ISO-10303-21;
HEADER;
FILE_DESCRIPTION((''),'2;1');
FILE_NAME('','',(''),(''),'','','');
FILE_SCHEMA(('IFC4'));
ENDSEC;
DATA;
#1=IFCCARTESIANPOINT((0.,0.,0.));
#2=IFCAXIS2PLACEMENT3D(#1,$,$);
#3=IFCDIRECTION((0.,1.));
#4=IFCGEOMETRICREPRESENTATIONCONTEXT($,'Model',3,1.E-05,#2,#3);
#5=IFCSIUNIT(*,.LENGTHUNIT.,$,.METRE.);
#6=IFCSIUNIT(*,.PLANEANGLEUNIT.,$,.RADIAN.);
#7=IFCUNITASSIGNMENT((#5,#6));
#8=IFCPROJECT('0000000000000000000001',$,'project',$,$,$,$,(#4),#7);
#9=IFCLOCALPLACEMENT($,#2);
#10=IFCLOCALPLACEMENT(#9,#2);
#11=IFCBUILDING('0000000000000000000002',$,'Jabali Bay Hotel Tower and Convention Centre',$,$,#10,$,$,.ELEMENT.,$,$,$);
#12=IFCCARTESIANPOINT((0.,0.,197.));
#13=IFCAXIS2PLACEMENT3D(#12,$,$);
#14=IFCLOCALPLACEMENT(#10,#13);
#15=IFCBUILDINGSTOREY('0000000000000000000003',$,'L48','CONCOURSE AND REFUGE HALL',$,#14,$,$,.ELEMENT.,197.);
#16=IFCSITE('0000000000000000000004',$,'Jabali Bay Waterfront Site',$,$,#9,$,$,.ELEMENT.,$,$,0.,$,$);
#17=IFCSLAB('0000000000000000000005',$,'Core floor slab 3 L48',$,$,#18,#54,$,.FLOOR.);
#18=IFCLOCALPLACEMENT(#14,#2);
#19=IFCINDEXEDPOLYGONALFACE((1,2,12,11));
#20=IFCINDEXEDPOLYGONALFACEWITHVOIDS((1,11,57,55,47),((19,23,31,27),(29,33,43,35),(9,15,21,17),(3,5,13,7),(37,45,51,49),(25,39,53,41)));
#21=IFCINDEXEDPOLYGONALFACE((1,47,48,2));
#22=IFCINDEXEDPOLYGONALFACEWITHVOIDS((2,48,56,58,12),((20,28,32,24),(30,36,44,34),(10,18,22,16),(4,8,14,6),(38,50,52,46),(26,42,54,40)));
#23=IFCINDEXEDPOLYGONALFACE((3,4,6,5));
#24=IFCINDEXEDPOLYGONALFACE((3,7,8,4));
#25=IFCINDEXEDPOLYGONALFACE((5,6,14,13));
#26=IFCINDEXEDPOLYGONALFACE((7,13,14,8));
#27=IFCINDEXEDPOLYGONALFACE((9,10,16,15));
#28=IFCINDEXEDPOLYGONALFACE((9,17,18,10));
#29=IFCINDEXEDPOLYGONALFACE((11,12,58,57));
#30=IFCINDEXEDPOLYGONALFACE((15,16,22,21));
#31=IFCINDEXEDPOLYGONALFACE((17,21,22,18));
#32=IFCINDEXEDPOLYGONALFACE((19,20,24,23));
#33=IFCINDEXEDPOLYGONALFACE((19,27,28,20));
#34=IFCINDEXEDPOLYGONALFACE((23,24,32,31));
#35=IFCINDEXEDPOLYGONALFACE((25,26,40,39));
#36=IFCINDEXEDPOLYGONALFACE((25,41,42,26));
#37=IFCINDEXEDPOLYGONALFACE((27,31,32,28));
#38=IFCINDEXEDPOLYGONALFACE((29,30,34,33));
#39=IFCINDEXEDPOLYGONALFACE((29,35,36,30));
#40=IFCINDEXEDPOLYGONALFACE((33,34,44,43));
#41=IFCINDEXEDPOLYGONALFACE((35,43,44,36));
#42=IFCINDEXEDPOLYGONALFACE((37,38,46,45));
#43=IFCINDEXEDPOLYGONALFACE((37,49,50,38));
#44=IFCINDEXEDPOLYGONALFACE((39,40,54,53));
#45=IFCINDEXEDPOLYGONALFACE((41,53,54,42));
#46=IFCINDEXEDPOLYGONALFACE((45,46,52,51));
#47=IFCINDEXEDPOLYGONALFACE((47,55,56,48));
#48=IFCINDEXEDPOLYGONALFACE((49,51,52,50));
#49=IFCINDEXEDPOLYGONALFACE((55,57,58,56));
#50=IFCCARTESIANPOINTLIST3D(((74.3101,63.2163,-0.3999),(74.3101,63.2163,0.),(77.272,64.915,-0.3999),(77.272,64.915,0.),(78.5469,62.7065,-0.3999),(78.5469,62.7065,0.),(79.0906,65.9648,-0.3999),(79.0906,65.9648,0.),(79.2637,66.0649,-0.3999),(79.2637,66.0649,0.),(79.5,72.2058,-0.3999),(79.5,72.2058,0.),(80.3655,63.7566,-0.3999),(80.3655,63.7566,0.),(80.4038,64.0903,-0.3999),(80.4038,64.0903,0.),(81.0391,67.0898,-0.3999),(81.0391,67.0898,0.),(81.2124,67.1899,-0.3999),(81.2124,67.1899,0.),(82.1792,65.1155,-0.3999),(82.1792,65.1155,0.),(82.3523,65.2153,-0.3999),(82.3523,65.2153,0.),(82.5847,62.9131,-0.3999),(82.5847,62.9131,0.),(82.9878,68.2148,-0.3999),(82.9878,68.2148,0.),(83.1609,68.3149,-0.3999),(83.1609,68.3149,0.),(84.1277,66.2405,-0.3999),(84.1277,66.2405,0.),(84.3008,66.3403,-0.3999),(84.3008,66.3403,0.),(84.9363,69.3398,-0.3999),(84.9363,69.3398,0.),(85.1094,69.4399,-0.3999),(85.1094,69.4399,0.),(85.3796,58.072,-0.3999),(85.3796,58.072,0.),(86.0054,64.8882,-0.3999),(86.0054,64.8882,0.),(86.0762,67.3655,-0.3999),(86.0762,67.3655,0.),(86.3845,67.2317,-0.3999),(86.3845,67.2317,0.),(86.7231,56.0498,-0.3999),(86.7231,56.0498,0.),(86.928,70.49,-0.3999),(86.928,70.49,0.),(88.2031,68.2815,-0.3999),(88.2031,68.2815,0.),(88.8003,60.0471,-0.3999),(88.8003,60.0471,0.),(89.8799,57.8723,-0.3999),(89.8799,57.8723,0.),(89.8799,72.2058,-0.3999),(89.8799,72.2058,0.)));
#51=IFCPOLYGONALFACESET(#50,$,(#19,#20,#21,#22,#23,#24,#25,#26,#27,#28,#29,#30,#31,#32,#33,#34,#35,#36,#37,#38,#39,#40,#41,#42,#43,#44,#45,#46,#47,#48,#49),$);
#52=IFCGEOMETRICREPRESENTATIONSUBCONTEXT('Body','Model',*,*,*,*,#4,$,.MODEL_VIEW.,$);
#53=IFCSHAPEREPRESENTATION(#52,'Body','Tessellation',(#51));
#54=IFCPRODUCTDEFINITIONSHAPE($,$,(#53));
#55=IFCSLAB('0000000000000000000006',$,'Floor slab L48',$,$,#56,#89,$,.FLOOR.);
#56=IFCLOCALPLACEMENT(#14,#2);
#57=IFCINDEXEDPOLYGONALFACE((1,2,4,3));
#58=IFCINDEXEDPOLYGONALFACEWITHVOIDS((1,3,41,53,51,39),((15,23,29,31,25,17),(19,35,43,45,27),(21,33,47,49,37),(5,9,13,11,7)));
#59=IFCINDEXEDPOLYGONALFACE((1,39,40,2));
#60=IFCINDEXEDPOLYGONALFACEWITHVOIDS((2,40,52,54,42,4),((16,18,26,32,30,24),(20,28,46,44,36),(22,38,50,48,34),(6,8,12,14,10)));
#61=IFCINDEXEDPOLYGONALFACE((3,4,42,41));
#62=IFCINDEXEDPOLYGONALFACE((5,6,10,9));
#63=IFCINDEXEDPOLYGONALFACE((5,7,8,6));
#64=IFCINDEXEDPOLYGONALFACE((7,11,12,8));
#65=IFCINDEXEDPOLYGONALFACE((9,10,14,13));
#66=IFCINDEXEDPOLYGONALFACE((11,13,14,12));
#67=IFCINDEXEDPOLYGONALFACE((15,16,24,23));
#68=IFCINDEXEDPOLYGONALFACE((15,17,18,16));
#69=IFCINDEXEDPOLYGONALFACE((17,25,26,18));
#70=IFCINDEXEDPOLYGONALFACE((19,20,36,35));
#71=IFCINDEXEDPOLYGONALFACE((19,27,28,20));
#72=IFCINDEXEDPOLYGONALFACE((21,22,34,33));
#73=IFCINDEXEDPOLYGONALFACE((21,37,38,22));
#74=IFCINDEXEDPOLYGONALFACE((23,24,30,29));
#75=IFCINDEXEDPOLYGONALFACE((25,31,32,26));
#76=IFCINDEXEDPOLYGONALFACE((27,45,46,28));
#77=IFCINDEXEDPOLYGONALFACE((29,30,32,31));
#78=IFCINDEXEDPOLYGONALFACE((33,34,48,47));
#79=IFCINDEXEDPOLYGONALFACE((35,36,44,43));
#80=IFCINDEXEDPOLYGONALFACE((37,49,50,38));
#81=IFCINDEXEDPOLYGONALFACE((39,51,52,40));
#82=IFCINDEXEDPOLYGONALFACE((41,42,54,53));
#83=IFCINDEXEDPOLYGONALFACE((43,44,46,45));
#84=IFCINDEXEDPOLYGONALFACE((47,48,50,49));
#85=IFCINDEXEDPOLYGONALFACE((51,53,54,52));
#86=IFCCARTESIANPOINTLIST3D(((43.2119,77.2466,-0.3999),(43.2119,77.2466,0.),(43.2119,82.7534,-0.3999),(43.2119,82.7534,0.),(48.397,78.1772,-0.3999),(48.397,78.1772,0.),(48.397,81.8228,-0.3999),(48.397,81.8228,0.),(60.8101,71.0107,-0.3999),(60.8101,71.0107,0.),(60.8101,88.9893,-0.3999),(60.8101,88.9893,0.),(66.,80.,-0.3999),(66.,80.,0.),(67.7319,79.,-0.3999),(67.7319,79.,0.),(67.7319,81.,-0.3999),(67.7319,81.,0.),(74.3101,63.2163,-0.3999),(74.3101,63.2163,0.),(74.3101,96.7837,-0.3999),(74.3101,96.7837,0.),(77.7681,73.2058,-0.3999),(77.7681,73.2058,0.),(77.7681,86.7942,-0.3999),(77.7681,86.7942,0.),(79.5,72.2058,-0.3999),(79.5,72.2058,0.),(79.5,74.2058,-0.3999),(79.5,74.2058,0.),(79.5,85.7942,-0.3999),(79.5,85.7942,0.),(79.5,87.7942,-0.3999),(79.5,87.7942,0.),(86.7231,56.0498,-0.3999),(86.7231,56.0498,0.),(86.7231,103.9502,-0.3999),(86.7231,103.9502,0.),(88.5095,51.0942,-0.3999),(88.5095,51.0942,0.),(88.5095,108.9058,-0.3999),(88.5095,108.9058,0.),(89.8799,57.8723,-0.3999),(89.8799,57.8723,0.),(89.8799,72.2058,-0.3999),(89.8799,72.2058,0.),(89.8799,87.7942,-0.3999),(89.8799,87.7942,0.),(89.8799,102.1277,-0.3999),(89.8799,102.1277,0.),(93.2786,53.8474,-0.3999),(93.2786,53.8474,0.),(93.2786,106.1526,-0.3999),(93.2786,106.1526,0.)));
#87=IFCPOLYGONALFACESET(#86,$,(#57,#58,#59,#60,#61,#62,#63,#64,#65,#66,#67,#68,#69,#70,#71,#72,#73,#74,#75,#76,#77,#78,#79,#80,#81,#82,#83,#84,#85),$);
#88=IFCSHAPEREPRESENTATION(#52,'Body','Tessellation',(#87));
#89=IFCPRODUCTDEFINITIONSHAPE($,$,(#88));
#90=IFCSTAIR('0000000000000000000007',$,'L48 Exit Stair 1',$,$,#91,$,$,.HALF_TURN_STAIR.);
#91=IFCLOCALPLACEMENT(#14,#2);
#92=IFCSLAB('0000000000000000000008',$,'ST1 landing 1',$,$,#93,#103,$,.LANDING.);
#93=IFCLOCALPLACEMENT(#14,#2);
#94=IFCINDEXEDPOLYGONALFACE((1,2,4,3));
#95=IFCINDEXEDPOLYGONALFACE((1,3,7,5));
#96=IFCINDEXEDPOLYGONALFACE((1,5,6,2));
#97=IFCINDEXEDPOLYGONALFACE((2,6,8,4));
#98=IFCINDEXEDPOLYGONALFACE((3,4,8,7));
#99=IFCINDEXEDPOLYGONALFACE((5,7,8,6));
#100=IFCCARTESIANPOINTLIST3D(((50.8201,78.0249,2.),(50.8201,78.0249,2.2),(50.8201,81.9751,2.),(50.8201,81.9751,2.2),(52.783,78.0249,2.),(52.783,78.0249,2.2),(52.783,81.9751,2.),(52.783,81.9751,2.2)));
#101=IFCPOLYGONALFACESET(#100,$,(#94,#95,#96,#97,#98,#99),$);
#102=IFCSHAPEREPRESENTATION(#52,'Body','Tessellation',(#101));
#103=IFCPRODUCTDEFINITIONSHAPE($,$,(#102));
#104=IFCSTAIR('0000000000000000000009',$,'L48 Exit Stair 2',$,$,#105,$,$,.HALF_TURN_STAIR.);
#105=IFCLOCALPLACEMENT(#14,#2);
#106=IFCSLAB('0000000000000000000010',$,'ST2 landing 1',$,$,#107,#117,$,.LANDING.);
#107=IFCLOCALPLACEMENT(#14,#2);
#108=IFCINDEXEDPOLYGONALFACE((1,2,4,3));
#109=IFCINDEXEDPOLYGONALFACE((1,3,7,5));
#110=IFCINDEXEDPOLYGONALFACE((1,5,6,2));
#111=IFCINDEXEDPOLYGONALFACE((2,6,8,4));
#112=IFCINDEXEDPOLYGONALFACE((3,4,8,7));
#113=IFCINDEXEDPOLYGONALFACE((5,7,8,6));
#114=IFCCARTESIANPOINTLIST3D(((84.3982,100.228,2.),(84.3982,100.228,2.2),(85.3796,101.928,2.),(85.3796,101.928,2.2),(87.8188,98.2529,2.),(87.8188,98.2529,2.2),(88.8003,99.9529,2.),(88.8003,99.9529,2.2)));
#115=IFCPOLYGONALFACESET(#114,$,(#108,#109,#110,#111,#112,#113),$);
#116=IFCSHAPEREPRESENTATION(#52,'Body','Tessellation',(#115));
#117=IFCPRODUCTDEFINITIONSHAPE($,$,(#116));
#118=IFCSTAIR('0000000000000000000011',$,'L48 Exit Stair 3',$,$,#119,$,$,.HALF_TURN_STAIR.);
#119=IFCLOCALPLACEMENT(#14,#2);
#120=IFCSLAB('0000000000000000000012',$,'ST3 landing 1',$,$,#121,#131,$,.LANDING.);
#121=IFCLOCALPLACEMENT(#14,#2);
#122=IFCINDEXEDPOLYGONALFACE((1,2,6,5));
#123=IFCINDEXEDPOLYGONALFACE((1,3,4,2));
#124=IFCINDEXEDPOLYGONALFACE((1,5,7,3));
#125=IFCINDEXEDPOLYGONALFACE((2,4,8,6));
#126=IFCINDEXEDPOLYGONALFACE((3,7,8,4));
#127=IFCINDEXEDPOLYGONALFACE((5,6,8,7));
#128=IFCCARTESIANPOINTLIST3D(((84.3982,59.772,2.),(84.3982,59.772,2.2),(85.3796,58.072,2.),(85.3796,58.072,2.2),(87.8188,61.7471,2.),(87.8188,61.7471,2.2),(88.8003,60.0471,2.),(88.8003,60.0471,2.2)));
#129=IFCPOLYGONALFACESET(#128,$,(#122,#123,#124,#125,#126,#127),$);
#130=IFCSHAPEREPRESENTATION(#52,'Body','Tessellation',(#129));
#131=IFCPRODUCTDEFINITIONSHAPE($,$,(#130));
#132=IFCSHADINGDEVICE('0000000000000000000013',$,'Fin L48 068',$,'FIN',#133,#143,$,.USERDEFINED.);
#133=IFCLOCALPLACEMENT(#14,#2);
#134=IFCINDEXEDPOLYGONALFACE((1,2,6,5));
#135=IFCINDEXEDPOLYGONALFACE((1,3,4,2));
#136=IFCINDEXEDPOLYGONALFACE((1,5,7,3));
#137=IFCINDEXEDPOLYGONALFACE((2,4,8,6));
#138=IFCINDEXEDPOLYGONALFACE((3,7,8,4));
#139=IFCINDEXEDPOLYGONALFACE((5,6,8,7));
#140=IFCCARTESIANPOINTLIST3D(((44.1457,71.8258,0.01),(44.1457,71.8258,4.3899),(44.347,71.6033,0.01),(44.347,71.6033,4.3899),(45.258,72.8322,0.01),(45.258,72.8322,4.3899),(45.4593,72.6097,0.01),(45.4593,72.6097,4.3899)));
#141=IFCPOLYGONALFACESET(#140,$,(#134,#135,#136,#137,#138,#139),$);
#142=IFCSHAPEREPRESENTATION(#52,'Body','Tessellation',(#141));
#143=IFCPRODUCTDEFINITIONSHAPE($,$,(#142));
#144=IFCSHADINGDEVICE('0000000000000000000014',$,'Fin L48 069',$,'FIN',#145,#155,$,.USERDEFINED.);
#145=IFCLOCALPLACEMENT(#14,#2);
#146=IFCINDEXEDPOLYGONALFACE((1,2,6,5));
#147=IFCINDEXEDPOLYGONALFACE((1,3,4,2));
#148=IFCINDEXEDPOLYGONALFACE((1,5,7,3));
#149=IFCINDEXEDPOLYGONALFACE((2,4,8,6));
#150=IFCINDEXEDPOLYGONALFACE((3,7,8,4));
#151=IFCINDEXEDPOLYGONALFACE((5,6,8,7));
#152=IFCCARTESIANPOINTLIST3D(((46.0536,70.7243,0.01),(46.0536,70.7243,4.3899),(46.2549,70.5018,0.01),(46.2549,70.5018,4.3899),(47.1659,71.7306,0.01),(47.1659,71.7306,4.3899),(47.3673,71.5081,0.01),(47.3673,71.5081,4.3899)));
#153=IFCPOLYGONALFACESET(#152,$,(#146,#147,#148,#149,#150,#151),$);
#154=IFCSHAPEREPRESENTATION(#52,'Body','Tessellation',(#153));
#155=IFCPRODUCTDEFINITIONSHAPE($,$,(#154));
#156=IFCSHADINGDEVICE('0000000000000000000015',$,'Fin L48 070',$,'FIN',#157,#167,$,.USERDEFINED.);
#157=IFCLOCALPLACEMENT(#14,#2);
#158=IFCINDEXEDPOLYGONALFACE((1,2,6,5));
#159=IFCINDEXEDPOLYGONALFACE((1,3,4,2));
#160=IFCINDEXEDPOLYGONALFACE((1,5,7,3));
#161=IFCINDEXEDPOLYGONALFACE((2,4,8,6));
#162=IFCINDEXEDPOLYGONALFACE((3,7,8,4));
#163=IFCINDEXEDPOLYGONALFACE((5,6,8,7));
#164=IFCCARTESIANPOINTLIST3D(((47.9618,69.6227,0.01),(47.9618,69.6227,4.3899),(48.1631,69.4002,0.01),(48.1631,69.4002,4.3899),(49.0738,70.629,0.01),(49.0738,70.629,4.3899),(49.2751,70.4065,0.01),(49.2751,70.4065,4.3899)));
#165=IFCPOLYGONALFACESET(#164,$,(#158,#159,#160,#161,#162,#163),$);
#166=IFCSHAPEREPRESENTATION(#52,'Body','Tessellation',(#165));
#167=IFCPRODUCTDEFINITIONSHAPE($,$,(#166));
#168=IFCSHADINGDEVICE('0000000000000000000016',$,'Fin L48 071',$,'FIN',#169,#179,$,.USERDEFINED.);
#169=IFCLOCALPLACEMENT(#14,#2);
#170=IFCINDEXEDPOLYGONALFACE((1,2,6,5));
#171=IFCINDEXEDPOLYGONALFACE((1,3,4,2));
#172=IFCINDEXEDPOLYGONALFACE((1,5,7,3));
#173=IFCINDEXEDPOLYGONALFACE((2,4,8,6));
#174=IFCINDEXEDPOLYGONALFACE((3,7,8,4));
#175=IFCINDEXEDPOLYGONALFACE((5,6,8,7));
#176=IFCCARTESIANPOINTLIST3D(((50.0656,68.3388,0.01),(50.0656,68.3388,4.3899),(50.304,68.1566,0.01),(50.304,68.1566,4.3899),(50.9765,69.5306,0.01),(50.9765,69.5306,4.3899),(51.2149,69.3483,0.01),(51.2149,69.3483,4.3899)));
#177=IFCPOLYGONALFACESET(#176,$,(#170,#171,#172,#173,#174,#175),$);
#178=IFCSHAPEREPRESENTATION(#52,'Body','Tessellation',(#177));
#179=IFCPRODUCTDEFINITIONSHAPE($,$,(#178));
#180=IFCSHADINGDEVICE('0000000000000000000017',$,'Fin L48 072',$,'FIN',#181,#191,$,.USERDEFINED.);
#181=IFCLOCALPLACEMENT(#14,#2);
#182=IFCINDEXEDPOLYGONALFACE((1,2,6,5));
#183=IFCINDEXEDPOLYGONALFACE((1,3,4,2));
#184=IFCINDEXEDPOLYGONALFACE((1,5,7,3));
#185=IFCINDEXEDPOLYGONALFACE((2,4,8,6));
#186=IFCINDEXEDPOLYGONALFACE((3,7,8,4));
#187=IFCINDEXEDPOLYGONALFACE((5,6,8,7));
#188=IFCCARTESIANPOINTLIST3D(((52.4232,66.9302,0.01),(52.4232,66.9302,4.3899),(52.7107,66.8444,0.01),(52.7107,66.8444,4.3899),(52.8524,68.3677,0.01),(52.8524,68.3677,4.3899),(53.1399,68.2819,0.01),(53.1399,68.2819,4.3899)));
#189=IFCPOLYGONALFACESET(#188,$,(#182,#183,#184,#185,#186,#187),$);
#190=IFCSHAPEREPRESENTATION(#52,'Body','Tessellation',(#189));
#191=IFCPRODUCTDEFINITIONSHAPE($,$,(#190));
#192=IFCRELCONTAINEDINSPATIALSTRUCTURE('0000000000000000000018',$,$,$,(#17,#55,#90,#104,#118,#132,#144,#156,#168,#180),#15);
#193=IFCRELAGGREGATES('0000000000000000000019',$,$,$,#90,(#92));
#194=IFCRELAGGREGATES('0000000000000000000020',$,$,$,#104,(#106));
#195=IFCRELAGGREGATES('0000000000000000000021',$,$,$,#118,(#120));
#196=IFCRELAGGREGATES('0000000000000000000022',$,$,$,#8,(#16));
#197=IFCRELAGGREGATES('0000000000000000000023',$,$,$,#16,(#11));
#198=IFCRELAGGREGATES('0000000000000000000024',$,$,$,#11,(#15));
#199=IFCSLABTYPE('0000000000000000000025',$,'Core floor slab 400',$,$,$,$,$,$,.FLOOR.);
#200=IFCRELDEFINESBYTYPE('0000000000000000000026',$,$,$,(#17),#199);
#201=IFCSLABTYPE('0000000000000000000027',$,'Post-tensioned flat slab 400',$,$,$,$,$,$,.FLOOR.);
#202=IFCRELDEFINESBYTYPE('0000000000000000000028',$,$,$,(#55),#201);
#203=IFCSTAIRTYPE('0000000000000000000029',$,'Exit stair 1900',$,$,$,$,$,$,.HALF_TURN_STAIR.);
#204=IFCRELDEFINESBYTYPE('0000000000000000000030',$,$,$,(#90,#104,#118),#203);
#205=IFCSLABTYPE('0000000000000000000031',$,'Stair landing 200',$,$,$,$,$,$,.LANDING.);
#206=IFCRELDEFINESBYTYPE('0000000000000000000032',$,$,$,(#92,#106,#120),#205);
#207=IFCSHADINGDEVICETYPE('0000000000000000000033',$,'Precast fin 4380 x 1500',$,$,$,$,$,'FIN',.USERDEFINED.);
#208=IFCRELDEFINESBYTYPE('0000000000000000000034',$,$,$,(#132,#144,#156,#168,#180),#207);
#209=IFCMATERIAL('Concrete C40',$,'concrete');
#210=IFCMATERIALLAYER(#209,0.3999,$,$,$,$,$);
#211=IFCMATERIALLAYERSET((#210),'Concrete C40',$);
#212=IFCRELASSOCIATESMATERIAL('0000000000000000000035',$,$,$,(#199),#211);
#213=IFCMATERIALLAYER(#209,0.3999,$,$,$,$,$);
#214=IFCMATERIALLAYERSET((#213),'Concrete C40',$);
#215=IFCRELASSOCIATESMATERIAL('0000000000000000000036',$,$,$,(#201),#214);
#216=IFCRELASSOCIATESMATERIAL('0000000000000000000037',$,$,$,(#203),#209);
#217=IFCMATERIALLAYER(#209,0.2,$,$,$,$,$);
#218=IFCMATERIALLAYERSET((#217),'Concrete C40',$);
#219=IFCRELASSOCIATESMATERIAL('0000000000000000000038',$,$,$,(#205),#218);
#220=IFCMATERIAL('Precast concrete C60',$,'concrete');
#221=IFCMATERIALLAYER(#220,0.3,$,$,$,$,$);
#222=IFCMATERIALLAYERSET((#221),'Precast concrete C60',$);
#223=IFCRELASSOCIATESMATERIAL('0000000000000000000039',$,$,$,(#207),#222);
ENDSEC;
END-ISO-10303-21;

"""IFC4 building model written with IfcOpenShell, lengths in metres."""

from ifc_helpers import new_model, si_unit, direction, frame, frame_2d, origin, place, context, subcontext, project, spatial, polyline, rectangle, outline, extrude, material, layer, layer_set, type_object, element, aggregate, save


model = new_model("IFC4")

# Units and contexts
model_context = context("Model", 3, precision=1e-05, world=origin(), true_north=direction((0.0, 1.0)))
body_context = subcontext(model_context, "Body", "Model", "MODEL_VIEW")
ifc_project = project(units=[si_unit("LENGTHUNIT", "METRE"), si_unit("PLANEANGLEUNIT", "RADIAN")], contexts=[model_context])

# Site, building, storey
site_placement = place(None, origin())
site = spatial("IfcSite", under=ifc_project, at=site_placement, Name="Jabali Bay Waterfront Site", CompositionType="ELEMENT", RefElevation=0.0)
building_placement = place(site_placement, origin())
building = spatial("IfcBuilding", under=site, at=building_placement, Name="Jabali Bay Hotel Tower and Convention Centre", CompositionType="ELEMENT")
storey_placement = place(building_placement, frame((0.0, 0.0, 197.0)))
storey = spatial("IfcBuildingStorey", under=building, at=storey_placement, Name="L48", Description="CONCOURSE AND REFUGE HALL", CompositionType="ELEMENT", Elevation=197.0)

# Slabs
ifc_material_1 = material(Name="Concrete C40", Category="concrete")
ifc_layer_1 = layer(ifc_material_1, 0.3999)
ifc_layer_set_1 = layer_set([ifc_layer_1], Name="Concrete C40")
slab_type_1 = type_object("IfcSlabType", Name="Core floor slab 400", PredefinedType="FLOOR", material=ifc_layer_set_1)
slab_1_placement = place(storey_placement, frame((0.0, 0.0, -0.3999)))
element("IfcSlab", 1, at=slab_1_placement, inside=storey, type_object=slab_type_1, Name="Core floor slab 3 L48", PredefinedType="FLOOR", context=body_context, shape_type="SweptSolid", body=[
    extrude(outline(polyline([(79.5, 72.2058), (74.3101, 63.2163), (86.7231, 56.0498), (89.8799, 57.8723), (89.8799, 72.2058), (79.5, 72.2058)]), holes=[polyline([(82.5847, 62.9131), (85.3796, 58.072), (88.8003, 60.0471), (86.0054, 64.8882), (82.5847, 62.9131)]), polyline([(80.3655, 63.7566), (79.0906, 65.9648), (77.272, 64.915), (78.5469, 62.7065), (80.3655, 63.7566)]), polyline([(82.1792, 65.1155), (81.0391, 67.0898), (79.2637, 66.0649), (80.4038, 64.0903), (82.1792, 65.1155)]), polyline([(82.9878, 68.2148), (81.2124, 67.1899), (82.3523, 65.2153), (84.1277, 66.2405), (82.9878, 68.2148)]), polyline([(86.0762, 67.3655), (84.9363, 69.3398), (83.1609, 68.3149), (84.3008, 66.3403), (86.0762, 67.3655)]), polyline([(88.2031, 68.2815), (86.928, 70.49), (85.1094, 69.4399), (86.3845, 67.2317), (88.2031, 68.2815)])]), origin(), (0.0, 0.0, 1.0), 0.3999),
])
ifc_layer_2 = layer(ifc_material_1, 0.3999)
ifc_layer_set_2 = layer_set([ifc_layer_2], Name="Concrete C40")
slab_type_2 = type_object("IfcSlabType", Name="Post-tensioned flat slab 400", PredefinedType="FLOOR", material=ifc_layer_set_2)
slab_2_placement = place(storey_placement, frame((0.0, 0.0, -0.3999)))
element("IfcSlab", 2, at=slab_2_placement, inside=storey, type_object=slab_type_2, Name="Floor slab L48", PredefinedType="FLOOR", context=body_context, shape_type="SweptSolid", body=[
    extrude(outline(polyline([(88.5095, 108.9058), (93.2786, 106.1526), (93.2786, 53.8474), (88.5095, 51.0942), (43.2119, 77.2466), (43.2119, 82.7534), (88.5095, 108.9058)]), holes=[polyline([(67.7319, 79.0), (77.7681, 73.2058), (79.5, 74.2058), (79.5, 85.7942), (77.7681, 86.7942), (67.7319, 81.0), (67.7319, 79.0)]), polyline([(48.397, 78.1772), (60.8101, 71.0107), (66.0, 80.0), (60.8101, 88.9893), (48.397, 81.8228), (48.397, 78.1772)]), polyline([(89.8799, 102.1277), (86.7231, 103.9502), (74.3101, 96.7837), (79.5, 87.7942), (89.8799, 87.7942), (89.8799, 102.1277)]), polyline([(74.3101, 63.2163), (86.7231, 56.0498), (89.8799, 57.8723), (89.8799, 72.2058), (79.5, 72.2058), (74.3101, 63.2163)])]), origin(), (0.0, 0.0, 1.0), 0.3999),
])

# Stairs, slabs
stair_type = type_object("IfcStairType", Name="Exit stair 1900", PredefinedType="HALF_TURN_STAIR", material=ifc_material_1)
stair_1_placement = place(storey_placement, origin())
stair_1 = element("IfcStair", 3, at=stair_1_placement, inside=storey, type_object=stair_type, Name="L48 Exit Stair 1", PredefinedType="HALF_TURN_STAIR")
ifc_layer_3 = layer(ifc_material_1, 0.2)
ifc_layer_set_3 = layer_set([ifc_layer_3], Name="Concrete C40")
slab_type_3 = type_object("IfcSlabType", Name="Stair landing 200", PredefinedType="LANDING", material=ifc_layer_set_3)
slab_3_placement = place(storey_placement, frame((0.0, 0.0, 2.0)))
slab_3 = element("IfcSlab", 4, at=slab_3_placement, type_object=slab_type_3, Name="ST1 landing 1", PredefinedType="LANDING", context=body_context, shape_type="SweptSolid", body=[
    extrude(outline(polyline([(52.783, 81.9751), (50.8201, 81.9751), (50.8201, 78.0249), (52.783, 78.0249), (52.783, 81.9751)])), origin(), (0.0, 0.0, 1.0), 0.2),
])
aggregate(stair_1, [slab_3])
stair_2_placement = place(storey_placement, origin())
stair_2 = element("IfcStair", 5, at=stair_2_placement, inside=storey, type_object=stair_type, Name="L48 Exit Stair 2", PredefinedType="HALF_TURN_STAIR")
slab_4_placement = place(storey_placement, frame((0.0, 0.0, 2.0)))
slab_4 = element("IfcSlab", 6, at=slab_4_placement, type_object=slab_type_3, Name="ST2 landing 1", PredefinedType="LANDING", context=body_context, shape_type="SweptSolid", body=[
    extrude(outline(polyline([(87.8188, 98.2529), (88.8003, 99.9529), (85.3796, 101.928), (84.3982, 100.228), (87.8188, 98.2529)])), origin(), (0.0, 0.0, 1.0), 0.2),
])
aggregate(stair_2, [slab_4])
stair_3_placement = place(storey_placement, origin())
stair_3 = element("IfcStair", 7, at=stair_3_placement, inside=storey, type_object=stair_type, Name="L48 Exit Stair 3", PredefinedType="HALF_TURN_STAIR")
slab_5_placement = place(storey_placement, frame((0.0, 0.0, 2.0)))
slab_5 = element("IfcSlab", 8, at=slab_5_placement, type_object=slab_type_3, Name="ST3 landing 1", PredefinedType="LANDING", context=body_context, shape_type="SweptSolid", body=[
    extrude(outline(polyline([(84.3982, 59.772), (85.3796, 58.072), (88.8003, 60.0471), (87.8188, 61.7471), (84.3982, 59.772)])), origin(), (0.0, 0.0, 1.0), 0.2),
])
aggregate(stair_3, [slab_5])

# Shading devices
ifc_material_2 = material(Name="Precast concrete C60", Category="concrete")
ifc_layer_4 = layer(ifc_material_2, 0.3)
ifc_layer_set_4 = layer_set([ifc_layer_4], Name="Precast concrete C60")
shading_device_type = type_object("IfcShadingDeviceType", Name="Precast fin 4380 x 1500", ElementType="FIN", PredefinedType="USERDEFINED", material=ifc_layer_set_4)
for number, where, z_axis, x_axis, name in (
    (9, (45.3586, 72.7209, 0.01), (0.0, 0.0, 1.0), (-0.741543, -0.670905, 0.0), "Fin L48 068"),
    (10, (47.2666, 71.6194, 0.01), (0.0, 0.0, 1.0), (-0.741543, -0.670905, 0.0), "Fin L48 069"),
):
    element("IfcShadingDevice", number, at=place(storey_placement, frame(where, z_axis=z_axis, x_axis=x_axis)), inside=storey, type_object=shading_device_type, Name=name, ObjectType="FIN", PredefinedType="USERDEFINED", context=body_context, shape_type="SweptSolid", body=[
        extrude(rectangle(XDim=1.5, YDim=0.3, at=frame_2d((0.75, 0.0))), origin(), (0.0, 0.0, 1.0), 4.3799),
    ])
shading_device_1_placement = place(storey_placement, frame((49.1746, 70.5178, 0.01), z_axis=(0.0, 0.0, 1.0), x_axis=(-0.74147, -0.670986, 0.0)))
element("IfcShadingDevice", 11, at=shading_device_1_placement, inside=storey, type_object=shading_device_type, Name="Fin L48 070", ObjectType="FIN", PredefinedType="USERDEFINED", context=body_context, shape_type="SweptSolid", body=[
    extrude(rectangle(XDim=1.4998, YDim=0.3, at=frame_2d((0.75, 0.0))), origin(), (0.0, 0.0, 1.0), 4.3799),
])
shading_device_2_placement = place(storey_placement, frame((51.0957, 69.4395, 0.01), z_axis=(0.0, 0.0, 1.0), x_axis=(-0.607293, -0.794478, 0.0)))
element("IfcShadingDevice", 12, at=shading_device_2_placement, inside=storey, type_object=shading_device_type, Name="Fin L48 071", ObjectType="FIN", PredefinedType="USERDEFINED", context=body_context, shape_type="SweptSolid", body=[
    extrude(rectangle(XDim=1.5, YDim=0.3, at=frame_2d((0.75, 0.0))), origin(), (0.0, 0.0, 1.0), 4.3799),
])
shading_device_3_placement = place(storey_placement, frame((52.9961, 68.3247, 0.01), z_axis=(0.0, 0.0, 1.0), x_axis=(-0.286094, -0.958202, 0.0)))
element("IfcShadingDevice", 13, at=shading_device_3_placement, inside=storey, type_object=shading_device_type, Name="Fin L48 072", ObjectType="FIN", PredefinedType="USERDEFINED", context=body_context, shape_type="SweptSolid", body=[
    extrude(rectangle(XDim=1.5002, YDim=0.3, at=frame_2d((0.75, 0.0))), origin(), (0.0, 0.0, 1.0), 4.3799),
])

save(model, "model.ifc")
